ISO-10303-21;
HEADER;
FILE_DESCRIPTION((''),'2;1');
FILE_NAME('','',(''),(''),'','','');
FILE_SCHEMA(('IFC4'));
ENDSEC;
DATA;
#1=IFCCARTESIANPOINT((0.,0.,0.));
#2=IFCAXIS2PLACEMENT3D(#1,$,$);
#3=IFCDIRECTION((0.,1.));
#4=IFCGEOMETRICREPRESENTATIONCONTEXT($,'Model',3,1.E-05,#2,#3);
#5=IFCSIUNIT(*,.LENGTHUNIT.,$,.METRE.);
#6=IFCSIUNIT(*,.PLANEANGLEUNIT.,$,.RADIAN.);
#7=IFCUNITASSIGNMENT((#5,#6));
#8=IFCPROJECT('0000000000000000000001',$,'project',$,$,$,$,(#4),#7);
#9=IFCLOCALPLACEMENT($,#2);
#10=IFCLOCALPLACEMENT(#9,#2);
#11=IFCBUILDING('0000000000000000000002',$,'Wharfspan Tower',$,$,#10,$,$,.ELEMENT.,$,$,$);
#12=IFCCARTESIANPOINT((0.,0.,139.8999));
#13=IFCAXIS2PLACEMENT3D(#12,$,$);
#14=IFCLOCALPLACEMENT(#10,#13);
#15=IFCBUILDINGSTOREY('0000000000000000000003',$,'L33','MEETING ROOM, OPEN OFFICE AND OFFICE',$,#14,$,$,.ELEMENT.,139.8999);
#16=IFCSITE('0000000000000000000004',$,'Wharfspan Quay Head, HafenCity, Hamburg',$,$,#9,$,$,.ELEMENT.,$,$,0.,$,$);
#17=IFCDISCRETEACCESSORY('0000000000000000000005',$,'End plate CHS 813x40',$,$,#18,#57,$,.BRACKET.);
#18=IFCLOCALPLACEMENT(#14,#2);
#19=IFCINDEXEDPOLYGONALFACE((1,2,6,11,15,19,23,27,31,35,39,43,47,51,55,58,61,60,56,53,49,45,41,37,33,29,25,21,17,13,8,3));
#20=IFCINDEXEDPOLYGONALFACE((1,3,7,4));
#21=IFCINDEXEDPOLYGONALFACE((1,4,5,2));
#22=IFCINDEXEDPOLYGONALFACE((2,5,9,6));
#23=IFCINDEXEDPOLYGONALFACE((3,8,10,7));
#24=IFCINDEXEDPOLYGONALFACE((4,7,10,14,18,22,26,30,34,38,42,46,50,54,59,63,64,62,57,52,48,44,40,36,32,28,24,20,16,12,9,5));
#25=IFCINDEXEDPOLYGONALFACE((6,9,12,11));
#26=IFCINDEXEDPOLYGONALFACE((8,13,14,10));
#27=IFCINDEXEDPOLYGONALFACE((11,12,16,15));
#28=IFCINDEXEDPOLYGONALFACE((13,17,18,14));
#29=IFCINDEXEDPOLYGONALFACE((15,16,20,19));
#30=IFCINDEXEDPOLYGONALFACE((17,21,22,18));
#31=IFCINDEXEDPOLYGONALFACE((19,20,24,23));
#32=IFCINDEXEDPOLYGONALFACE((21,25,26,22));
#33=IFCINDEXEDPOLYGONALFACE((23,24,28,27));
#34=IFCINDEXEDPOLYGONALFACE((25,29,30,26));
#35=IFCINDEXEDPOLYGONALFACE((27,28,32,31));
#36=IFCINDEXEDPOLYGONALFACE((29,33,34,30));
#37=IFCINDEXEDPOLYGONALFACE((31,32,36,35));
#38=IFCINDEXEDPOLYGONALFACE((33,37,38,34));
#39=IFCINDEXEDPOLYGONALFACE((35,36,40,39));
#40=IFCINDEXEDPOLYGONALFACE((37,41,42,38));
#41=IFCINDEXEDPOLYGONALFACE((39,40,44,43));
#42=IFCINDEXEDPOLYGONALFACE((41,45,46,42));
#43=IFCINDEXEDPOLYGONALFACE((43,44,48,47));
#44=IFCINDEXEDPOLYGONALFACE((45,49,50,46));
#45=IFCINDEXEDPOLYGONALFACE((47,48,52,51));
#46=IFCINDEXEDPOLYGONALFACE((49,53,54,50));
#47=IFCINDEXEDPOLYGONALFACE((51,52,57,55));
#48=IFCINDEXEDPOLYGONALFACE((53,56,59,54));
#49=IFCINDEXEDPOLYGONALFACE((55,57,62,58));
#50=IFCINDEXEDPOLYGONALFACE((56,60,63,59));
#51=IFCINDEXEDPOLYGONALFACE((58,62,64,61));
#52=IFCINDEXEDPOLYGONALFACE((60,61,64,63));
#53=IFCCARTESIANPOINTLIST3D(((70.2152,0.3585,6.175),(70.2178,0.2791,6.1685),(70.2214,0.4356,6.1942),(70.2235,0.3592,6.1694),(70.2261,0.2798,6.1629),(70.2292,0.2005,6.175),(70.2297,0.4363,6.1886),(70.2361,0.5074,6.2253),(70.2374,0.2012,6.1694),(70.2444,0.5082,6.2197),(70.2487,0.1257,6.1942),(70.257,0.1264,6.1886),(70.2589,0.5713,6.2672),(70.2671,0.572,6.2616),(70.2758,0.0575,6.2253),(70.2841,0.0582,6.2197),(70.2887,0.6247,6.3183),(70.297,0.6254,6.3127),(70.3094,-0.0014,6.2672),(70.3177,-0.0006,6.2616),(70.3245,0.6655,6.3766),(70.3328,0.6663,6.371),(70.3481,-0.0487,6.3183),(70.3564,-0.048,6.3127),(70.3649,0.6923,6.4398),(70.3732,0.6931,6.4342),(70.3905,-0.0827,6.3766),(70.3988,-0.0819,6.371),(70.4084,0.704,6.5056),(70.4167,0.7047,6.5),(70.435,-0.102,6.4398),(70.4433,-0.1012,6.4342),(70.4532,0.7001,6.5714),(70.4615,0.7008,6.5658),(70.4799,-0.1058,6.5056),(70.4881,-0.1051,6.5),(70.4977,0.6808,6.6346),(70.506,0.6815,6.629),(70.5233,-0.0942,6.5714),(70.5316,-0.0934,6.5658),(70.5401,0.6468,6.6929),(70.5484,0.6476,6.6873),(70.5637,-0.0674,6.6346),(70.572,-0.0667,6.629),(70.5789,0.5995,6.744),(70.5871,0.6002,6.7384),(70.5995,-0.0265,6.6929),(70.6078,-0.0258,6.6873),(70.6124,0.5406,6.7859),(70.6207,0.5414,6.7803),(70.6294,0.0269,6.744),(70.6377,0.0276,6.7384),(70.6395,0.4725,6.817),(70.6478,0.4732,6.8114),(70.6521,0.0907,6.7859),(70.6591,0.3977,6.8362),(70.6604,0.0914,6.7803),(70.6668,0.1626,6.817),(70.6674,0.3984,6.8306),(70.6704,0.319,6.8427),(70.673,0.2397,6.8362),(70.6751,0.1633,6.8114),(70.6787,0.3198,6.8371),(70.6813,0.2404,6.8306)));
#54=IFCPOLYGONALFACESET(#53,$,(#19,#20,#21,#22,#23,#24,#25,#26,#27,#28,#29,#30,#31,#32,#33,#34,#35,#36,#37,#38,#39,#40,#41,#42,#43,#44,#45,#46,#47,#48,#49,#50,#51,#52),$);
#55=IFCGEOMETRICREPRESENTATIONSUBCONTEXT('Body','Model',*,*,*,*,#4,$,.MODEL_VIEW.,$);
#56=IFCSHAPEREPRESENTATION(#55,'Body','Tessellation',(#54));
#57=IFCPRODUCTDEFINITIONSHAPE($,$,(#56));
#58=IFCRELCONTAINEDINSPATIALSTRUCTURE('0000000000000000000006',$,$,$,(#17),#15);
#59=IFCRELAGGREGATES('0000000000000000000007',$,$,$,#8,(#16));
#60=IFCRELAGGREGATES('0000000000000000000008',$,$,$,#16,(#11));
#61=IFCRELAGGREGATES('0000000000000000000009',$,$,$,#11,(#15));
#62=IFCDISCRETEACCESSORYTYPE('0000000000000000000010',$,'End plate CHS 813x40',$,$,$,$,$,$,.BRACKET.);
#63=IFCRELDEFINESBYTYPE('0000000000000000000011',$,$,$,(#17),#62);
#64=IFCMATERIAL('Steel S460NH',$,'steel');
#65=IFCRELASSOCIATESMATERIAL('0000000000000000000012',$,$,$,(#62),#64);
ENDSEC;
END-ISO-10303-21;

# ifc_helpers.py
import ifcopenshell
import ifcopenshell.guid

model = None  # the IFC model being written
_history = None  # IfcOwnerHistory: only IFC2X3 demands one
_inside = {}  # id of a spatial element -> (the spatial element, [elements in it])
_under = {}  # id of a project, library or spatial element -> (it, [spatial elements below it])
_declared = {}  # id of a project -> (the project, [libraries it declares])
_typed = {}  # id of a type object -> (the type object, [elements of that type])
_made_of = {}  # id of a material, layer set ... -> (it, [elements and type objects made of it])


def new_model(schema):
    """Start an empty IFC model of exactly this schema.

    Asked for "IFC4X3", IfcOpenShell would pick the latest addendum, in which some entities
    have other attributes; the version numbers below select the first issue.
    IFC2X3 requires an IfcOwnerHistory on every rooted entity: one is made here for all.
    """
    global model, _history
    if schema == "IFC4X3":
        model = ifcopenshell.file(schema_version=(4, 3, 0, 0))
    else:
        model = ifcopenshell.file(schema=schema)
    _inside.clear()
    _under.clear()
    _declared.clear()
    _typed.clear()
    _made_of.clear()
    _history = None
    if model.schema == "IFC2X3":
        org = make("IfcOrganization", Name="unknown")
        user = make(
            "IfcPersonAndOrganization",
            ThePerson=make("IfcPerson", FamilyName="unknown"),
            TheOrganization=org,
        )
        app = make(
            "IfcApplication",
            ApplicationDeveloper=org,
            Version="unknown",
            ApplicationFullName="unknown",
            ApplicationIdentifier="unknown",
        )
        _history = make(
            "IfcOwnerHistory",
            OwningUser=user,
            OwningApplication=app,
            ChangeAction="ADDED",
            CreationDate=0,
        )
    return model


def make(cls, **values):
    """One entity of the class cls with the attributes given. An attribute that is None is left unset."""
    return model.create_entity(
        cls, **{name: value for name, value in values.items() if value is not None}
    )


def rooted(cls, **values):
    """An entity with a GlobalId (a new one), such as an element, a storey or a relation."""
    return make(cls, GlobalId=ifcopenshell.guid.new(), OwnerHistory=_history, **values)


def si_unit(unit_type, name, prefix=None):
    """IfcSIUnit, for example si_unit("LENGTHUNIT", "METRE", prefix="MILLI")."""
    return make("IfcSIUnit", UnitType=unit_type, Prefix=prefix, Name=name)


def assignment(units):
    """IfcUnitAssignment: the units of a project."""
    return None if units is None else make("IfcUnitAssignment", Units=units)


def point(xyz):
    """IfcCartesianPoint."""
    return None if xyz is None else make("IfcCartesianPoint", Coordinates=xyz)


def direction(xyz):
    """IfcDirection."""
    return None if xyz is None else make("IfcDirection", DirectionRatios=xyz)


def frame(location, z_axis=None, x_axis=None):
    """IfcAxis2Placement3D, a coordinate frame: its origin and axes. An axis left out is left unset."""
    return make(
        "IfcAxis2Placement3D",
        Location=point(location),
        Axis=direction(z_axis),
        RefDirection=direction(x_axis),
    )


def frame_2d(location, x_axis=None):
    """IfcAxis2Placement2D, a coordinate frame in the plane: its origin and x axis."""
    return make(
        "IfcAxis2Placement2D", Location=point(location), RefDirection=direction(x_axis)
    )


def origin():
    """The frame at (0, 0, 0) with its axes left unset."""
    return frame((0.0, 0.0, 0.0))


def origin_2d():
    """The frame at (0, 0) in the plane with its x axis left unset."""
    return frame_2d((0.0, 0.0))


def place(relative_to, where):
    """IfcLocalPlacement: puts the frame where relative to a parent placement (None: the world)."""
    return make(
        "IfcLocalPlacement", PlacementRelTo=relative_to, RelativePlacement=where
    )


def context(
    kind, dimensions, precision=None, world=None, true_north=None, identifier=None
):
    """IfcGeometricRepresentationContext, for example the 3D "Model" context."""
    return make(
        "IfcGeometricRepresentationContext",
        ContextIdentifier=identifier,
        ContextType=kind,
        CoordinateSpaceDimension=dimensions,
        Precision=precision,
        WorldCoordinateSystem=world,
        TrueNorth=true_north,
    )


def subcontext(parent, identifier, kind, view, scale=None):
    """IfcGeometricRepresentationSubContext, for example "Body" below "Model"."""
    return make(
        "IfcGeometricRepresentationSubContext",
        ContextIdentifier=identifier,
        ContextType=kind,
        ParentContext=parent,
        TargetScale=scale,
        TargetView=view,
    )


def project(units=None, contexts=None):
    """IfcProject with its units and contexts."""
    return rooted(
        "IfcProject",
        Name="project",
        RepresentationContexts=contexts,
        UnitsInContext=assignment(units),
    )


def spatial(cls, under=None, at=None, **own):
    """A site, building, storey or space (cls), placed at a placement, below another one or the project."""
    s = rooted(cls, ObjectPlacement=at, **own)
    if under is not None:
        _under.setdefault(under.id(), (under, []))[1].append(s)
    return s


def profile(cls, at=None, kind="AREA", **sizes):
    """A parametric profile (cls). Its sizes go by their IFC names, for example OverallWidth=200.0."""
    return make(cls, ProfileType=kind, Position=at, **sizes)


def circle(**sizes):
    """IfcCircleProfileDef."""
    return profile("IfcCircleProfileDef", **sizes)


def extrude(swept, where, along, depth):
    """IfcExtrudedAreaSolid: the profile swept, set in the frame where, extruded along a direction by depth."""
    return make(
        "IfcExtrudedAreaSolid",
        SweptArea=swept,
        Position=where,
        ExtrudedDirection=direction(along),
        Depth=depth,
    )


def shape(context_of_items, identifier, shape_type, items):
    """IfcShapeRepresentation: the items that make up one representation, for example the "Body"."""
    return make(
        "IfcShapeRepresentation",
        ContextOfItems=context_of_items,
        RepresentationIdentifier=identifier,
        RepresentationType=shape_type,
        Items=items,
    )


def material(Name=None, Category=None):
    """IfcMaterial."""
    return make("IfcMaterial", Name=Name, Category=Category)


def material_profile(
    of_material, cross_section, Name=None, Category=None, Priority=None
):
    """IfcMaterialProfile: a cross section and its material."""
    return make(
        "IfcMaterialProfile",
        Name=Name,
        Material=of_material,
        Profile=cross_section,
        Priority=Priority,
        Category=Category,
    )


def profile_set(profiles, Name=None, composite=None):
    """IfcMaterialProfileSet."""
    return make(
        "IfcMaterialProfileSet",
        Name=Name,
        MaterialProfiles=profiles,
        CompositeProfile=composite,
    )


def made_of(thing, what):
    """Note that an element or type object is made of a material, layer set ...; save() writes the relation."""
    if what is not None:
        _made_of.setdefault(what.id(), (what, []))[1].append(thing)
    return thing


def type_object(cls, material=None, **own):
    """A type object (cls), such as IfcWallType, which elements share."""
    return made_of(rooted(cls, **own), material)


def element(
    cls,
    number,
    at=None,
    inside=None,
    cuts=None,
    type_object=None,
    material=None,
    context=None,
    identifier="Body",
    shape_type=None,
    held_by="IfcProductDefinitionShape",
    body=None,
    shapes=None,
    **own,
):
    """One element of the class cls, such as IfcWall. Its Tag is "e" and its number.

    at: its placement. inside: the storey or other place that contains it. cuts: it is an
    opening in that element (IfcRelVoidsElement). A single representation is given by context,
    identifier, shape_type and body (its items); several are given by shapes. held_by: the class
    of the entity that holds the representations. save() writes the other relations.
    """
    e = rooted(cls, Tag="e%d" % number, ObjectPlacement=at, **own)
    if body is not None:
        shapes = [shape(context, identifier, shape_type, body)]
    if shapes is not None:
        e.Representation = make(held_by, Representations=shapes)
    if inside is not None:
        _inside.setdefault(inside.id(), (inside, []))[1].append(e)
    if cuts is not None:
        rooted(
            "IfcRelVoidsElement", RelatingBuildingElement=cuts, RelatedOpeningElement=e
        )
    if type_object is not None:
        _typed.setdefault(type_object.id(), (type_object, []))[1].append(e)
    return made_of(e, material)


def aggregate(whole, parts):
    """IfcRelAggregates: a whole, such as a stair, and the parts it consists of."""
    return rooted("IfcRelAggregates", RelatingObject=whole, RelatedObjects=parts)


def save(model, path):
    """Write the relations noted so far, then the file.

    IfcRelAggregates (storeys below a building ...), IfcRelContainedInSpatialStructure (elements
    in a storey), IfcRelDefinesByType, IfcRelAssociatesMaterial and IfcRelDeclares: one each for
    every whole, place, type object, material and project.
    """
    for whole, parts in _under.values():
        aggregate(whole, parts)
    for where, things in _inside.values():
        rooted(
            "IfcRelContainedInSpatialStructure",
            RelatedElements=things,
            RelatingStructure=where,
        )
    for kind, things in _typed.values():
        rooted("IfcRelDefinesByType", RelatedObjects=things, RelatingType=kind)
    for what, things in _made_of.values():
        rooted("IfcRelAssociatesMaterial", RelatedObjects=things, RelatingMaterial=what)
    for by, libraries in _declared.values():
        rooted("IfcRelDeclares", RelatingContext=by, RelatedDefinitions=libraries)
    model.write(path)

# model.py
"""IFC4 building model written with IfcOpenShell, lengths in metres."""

from ifc_helpers import new_model, si_unit, direction, frame, origin, origin_2d, place, context, subcontext, project, spatial, circle, extrude, material, material_profile, profile_set, type_object, element, save


model = new_model("IFC4")

# Units and contexts
model_context = context("Model", 3, precision=1e-05, world=origin(), true_north=direction((0.0, 1.0)))
body_context = subcontext(model_context, "Body", "Model", "MODEL_VIEW")
ifc_project = project(units=[si_unit("LENGTHUNIT", "METRE"), si_unit("PLANEANGLEUNIT", "RADIAN")], contexts=[model_context])

# Site, building, storey
site_placement = place(None, origin())
site = spatial("IfcSite", under=ifc_project, at=site_placement, Name="Wharfspan Quay Head, HafenCity, Hamburg", CompositionType="ELEMENT", RefElevation=0.0)
building_placement = place(site_placement, origin())
building = spatial("IfcBuilding", under=site, at=building_placement, Name="Wharfspan Tower", CompositionType="ELEMENT")
storey_placement = place(building_placement, frame((0.0, 0.0, 139.8999)))
storey = spatial("IfcBuildingStorey", under=building, at=storey_placement, Name="L33", Description="MEETING ROOM, OPEN OFFICE AND OFFICE", CompositionType="ELEMENT", Elevation=139.8999)

# Discrete accessory
ifc_material_1 = material(Name="Steel S460NH", Category="steel")
ifc_material_profile_1 = material_profile(ifc_material_1, circle(Radius=0.4065, at=origin_2d()))
ifc_profile_set_1 = profile_set([ifc_material_profile_1], Name="Steel S460NH")
discrete_accessory_type = type_object("IfcDiscreteAccessoryType", Name="End plate CHS 813x40", PredefinedType="BRACKET", material=ifc_profile_set_1)
discrete_accessory_placement = place(storey_placement, frame((70.4524, 0.2998, 6.5), z_axis=(-0.82608, -0.072889, 0.558819), x_axis=(0.087894, -0.99613, 0.000001)))
element("IfcDiscreteAccessory", 1, at=discrete_accessory_placement, inside=storey, type_object=discrete_accessory_type, Name="End plate CHS 813x40", PredefinedType="BRACKET", context=body_context, shape_type="SweptSolid", body=[
    extrude(circle(Radius=0.4065, at=origin_2d()), origin(), (0.0, 0.0, 1.0), 0.01),
])

save(model, "model.ifc")
